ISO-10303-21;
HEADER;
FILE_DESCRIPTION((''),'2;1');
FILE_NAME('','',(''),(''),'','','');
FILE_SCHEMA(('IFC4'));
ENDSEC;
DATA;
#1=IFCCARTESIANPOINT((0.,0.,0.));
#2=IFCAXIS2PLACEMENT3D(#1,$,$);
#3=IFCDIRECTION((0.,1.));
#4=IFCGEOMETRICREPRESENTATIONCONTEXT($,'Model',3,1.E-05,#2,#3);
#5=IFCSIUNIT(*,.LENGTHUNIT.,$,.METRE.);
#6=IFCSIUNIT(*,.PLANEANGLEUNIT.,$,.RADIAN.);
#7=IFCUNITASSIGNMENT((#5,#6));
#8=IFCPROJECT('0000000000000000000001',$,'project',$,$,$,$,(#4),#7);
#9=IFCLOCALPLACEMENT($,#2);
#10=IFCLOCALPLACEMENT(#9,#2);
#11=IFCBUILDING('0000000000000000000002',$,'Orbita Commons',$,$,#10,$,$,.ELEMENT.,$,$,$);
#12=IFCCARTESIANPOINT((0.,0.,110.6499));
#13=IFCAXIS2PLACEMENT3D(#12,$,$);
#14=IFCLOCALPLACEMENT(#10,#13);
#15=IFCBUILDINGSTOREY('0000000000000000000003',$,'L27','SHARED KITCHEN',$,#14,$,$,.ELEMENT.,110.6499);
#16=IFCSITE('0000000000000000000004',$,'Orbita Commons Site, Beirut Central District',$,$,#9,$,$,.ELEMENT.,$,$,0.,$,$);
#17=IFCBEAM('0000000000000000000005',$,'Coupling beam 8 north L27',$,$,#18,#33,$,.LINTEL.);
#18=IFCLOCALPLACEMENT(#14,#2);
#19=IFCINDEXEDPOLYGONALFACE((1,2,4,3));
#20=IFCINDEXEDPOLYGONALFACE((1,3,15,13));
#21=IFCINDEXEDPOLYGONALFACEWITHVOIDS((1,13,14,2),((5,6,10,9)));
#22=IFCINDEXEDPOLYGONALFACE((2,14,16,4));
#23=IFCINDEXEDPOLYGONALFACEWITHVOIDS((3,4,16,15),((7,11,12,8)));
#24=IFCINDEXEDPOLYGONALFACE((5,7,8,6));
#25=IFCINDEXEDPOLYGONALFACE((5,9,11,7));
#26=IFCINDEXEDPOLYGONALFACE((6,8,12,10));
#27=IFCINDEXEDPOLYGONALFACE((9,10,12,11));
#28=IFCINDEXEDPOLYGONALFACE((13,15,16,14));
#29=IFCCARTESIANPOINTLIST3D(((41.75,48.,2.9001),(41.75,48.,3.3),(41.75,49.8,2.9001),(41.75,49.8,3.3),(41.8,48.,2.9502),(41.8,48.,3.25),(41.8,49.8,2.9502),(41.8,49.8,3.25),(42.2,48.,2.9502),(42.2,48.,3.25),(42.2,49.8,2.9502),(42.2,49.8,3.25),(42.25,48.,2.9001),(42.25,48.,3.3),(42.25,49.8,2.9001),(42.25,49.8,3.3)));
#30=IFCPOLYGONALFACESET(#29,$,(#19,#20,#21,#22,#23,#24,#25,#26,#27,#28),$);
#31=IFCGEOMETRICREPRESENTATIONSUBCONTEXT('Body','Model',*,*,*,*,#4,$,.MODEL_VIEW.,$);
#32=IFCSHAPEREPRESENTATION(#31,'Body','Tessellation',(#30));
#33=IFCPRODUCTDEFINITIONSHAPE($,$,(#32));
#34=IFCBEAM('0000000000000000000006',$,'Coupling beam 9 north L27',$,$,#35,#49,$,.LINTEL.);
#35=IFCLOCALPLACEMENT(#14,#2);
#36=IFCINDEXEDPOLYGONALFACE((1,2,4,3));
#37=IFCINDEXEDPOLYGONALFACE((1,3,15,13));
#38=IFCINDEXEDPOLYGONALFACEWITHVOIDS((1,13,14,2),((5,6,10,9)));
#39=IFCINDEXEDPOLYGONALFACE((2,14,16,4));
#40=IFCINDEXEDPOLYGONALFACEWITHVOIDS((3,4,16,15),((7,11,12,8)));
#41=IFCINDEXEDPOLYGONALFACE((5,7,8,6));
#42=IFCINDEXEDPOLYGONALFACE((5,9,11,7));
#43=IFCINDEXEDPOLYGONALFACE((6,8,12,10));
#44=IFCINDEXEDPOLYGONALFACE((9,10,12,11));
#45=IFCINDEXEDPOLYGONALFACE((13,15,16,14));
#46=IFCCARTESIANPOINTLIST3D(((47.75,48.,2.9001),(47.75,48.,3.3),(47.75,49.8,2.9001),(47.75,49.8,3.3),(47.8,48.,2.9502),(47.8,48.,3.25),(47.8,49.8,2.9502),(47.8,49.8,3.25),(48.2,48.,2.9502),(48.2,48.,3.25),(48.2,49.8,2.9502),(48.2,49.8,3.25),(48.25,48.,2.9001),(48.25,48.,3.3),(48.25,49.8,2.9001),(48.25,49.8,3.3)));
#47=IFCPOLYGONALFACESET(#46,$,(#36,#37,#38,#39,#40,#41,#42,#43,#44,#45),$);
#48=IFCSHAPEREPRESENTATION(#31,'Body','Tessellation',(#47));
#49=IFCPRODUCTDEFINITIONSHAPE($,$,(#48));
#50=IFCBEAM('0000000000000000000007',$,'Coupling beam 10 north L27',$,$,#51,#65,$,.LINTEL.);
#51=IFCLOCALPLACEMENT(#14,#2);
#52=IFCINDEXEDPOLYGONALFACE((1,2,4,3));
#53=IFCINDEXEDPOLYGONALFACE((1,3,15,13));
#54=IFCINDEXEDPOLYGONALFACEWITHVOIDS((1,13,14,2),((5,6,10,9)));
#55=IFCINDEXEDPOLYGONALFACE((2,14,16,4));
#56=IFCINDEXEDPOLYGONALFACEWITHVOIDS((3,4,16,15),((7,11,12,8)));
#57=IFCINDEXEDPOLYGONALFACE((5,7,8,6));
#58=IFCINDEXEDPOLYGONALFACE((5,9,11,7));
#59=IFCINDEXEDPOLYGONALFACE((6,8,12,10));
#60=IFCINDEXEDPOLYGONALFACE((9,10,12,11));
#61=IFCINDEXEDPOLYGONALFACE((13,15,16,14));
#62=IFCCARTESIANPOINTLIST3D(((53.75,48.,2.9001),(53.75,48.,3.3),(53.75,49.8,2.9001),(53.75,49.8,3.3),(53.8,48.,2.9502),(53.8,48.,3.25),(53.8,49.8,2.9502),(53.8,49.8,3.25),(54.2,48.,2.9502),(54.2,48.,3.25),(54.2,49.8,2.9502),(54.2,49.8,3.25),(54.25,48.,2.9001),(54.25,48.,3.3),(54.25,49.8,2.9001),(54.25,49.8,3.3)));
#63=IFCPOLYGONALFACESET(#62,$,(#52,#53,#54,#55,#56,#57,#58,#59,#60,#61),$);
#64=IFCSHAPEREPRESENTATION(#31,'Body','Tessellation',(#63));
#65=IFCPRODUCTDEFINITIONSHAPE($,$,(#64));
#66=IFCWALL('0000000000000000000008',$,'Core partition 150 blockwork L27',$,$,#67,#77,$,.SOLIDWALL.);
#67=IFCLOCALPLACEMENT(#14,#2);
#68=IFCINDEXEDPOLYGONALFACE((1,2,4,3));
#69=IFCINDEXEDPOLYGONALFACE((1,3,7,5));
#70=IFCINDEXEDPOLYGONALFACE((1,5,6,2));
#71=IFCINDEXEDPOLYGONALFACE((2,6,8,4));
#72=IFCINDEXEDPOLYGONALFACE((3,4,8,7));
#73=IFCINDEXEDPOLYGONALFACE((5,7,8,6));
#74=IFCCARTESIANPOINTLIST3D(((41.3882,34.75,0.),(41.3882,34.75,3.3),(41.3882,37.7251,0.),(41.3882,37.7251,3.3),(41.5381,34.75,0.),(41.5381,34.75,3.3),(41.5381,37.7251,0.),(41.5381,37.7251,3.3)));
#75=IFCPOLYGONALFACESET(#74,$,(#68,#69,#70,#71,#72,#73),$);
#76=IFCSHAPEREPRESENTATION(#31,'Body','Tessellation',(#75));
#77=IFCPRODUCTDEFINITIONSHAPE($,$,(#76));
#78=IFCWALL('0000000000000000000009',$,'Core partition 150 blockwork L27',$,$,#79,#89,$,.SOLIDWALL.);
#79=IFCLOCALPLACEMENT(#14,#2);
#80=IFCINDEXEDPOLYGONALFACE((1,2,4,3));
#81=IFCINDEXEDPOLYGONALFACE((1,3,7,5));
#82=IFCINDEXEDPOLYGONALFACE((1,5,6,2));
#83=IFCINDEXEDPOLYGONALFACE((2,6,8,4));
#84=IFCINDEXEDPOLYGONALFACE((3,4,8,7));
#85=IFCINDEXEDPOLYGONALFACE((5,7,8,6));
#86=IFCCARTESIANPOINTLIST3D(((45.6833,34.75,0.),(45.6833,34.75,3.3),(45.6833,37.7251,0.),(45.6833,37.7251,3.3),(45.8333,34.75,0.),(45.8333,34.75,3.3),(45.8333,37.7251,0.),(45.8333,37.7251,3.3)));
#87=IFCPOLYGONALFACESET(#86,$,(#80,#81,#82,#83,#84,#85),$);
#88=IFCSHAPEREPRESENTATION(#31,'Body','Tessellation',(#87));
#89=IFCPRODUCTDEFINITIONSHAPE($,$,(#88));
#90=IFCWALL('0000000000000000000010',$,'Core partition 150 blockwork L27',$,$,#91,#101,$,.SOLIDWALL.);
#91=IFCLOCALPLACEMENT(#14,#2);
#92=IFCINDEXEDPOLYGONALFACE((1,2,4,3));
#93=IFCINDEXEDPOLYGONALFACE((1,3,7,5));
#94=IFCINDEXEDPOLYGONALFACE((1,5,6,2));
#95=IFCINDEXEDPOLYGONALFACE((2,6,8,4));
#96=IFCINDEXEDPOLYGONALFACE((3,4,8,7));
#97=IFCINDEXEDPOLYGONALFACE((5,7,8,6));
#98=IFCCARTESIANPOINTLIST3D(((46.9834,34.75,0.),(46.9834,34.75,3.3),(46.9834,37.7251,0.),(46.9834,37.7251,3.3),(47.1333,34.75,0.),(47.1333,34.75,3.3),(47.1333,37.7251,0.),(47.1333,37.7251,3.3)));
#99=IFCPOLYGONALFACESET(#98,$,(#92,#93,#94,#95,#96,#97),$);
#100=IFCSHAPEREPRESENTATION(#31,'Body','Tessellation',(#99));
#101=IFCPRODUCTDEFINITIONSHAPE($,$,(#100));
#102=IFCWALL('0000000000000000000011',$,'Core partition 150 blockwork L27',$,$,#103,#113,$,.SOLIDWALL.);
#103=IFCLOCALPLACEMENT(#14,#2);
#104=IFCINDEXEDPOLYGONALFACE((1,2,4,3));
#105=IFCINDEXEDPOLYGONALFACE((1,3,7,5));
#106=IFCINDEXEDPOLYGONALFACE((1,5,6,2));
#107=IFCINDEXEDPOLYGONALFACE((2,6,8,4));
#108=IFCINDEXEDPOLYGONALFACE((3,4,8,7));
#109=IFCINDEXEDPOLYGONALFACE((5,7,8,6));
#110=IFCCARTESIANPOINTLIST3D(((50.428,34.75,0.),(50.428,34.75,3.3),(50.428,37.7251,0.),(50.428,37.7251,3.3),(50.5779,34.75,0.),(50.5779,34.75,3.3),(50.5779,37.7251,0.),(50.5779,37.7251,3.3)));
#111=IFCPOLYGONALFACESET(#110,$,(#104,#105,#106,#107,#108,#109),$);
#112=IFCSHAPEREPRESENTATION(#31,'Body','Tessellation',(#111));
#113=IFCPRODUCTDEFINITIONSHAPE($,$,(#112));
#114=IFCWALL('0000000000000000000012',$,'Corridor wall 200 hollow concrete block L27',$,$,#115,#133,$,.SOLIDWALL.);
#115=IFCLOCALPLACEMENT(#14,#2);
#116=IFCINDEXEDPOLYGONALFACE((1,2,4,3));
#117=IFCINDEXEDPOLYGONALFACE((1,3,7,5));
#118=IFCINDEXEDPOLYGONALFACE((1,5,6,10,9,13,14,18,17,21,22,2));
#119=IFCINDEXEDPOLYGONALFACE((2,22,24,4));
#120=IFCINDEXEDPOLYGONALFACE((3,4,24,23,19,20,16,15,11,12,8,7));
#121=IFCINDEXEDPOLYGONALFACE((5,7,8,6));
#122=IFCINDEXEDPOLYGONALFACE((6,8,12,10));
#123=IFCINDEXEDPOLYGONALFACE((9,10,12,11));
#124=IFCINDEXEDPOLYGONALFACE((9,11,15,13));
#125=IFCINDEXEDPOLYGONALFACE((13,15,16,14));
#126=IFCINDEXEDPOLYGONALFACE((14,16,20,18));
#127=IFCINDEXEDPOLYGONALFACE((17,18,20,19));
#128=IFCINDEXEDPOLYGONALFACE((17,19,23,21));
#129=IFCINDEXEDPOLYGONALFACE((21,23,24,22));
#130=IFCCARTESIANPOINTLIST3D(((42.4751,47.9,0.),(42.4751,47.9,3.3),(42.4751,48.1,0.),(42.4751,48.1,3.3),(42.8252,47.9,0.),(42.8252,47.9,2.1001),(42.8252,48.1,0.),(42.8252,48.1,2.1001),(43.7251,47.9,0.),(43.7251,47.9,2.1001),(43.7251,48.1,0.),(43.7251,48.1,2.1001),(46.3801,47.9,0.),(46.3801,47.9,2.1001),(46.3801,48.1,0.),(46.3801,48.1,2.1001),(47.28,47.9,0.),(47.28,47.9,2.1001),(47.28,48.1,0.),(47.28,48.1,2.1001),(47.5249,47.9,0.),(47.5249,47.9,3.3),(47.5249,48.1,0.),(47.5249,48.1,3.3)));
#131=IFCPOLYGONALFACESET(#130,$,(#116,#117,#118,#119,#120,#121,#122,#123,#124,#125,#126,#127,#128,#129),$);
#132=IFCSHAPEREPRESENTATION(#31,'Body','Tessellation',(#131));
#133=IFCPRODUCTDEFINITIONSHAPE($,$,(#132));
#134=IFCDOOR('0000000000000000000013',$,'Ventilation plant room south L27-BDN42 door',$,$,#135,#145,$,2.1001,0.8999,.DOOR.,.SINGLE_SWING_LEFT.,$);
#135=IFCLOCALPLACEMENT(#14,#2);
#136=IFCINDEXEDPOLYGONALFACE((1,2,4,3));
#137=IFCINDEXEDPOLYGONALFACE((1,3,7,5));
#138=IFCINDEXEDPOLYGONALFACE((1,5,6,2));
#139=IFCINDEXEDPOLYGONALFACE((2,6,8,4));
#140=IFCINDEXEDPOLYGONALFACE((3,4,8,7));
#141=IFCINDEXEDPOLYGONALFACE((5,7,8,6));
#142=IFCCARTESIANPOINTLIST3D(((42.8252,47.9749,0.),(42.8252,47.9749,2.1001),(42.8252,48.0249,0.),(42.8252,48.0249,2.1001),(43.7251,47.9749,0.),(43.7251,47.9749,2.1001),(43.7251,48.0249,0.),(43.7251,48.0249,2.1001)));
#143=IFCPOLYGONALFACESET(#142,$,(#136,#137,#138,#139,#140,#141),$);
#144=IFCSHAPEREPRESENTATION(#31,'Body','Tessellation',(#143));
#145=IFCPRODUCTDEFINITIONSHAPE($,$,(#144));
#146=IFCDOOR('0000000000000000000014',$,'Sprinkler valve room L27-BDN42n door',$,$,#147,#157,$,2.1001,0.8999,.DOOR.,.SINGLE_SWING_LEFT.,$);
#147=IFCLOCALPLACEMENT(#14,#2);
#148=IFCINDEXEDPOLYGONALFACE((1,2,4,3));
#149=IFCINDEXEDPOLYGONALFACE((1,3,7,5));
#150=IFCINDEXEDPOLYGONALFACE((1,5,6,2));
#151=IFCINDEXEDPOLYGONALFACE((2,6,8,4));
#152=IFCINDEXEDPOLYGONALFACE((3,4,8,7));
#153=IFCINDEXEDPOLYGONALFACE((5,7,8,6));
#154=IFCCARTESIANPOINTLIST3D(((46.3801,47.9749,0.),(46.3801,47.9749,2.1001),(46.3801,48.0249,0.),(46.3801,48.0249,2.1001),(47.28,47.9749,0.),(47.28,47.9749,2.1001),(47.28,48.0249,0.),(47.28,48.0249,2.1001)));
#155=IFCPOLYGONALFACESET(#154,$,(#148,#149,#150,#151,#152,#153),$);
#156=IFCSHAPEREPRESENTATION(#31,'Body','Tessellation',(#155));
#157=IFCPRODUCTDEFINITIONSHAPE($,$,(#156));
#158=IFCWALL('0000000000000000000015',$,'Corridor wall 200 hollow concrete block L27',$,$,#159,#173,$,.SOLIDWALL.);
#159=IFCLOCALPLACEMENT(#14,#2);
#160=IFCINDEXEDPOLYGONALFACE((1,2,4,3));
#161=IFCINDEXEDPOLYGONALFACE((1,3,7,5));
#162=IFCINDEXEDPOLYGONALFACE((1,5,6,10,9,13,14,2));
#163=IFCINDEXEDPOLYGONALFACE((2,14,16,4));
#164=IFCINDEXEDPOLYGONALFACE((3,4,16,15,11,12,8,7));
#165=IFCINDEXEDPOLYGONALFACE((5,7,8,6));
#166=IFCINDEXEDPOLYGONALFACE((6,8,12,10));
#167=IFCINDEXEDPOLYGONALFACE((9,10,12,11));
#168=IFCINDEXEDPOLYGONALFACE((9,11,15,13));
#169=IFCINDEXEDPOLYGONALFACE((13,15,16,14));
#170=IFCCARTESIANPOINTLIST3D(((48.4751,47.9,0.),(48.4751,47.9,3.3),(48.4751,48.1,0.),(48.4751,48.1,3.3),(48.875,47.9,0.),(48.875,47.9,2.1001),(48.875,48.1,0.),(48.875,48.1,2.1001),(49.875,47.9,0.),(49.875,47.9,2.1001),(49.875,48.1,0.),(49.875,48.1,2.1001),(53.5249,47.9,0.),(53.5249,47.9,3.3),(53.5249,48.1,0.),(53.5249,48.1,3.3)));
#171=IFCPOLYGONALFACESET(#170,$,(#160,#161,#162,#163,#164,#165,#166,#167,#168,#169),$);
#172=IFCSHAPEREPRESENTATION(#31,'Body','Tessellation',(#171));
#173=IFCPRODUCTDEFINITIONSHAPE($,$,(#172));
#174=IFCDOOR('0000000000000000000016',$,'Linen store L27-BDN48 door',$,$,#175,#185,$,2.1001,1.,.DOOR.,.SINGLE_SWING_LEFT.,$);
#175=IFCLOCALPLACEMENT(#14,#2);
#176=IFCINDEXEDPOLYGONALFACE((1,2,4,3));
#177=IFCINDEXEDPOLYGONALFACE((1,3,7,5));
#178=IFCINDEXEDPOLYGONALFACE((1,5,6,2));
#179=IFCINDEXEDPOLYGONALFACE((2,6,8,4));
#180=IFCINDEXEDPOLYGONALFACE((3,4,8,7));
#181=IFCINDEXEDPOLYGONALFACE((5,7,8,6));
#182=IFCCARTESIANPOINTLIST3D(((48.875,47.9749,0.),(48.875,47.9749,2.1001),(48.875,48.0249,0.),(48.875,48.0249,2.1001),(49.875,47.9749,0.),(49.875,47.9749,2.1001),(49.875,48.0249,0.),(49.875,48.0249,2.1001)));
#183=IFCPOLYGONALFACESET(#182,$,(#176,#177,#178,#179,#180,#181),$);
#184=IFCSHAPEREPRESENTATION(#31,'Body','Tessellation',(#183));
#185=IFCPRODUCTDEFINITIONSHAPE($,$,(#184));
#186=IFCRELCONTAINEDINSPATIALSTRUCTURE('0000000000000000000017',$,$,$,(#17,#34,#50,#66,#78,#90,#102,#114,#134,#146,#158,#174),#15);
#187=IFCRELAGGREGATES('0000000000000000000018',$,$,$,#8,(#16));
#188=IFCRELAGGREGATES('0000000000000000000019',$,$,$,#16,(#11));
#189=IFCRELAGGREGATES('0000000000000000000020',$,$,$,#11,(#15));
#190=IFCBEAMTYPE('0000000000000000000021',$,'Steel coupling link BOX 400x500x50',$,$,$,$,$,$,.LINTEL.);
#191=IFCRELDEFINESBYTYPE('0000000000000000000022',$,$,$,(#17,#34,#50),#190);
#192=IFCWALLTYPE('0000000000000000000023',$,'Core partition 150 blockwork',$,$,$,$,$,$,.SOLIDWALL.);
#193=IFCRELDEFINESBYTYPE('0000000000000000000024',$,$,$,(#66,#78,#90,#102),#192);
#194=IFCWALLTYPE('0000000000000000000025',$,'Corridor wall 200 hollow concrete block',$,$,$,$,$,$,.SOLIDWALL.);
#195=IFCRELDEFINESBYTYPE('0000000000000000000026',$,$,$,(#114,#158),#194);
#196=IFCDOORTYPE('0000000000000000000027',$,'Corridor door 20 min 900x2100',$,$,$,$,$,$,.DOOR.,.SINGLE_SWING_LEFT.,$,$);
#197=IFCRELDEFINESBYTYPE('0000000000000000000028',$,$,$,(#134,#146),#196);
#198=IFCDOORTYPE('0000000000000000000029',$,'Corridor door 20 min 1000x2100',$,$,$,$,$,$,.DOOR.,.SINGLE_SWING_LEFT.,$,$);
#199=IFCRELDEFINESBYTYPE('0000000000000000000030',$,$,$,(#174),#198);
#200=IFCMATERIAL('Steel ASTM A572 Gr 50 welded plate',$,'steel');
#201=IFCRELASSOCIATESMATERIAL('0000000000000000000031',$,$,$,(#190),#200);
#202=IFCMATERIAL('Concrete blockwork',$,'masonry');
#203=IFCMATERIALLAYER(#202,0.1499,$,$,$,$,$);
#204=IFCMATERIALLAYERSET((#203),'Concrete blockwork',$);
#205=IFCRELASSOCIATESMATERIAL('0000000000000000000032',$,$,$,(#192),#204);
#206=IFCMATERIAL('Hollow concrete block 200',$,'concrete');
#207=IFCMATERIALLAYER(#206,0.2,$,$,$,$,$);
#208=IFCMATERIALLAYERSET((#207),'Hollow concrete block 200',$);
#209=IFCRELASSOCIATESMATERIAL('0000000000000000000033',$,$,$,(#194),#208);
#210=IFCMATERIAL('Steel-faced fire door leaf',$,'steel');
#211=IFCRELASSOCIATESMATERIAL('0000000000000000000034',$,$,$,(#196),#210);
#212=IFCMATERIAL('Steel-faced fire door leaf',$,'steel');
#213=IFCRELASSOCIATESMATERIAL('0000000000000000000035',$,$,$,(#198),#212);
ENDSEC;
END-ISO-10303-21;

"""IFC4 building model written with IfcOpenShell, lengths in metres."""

from ifc_helpers import new_model, si_unit, direction, frame, frame_2d, origin, origin_2d, place, context, subcontext, project, spatial, rectangle, hollow_rectangle, extrude, material, layer, layer_set, material_profile, profile_set, type_object, element, fill, save


model = new_model("IFC4")

# Units and contexts
model_context = context("Model", 3, precision=1e-05, world=origin(), true_north=direction((0.0, 1.0)))
body_context = subcontext(model_context, "Body", "Model", "MODEL_VIEW")
ifc_project = project(units=[si_unit("LENGTHUNIT", "METRE"), si_unit("PLANEANGLEUNIT", "RADIAN")], contexts=[model_context])

# Site, building, storey
site_placement = place(None, origin())
site = spatial("IfcSite", under=ifc_project, at=site_placement, Name="Orbita Commons Site, Beirut Central District", CompositionType="ELEMENT", RefElevation=0.0)
building_placement = place(site_placement, origin())
building = spatial("IfcBuilding", under=site, at=building_placement, Name="Orbita Commons", CompositionType="ELEMENT")
storey_placement = place(building_placement, frame((0.0, 0.0, 110.6499)))
storey = spatial("IfcBuildingStorey", under=building, at=storey_placement, Name="L27", Description="SHARED KITCHEN", CompositionType="ELEMENT", Elevation=110.6499)

# Beams
ifc_material_1 = material(Name="Steel ASTM A572 Gr 50 welded plate", Category="steel")
ifc_material_profile = material_profile(ifc_material_1, hollow_rectangle(XDim=0.5, YDim=0.3999, WallThickness=0.05, at=origin_2d()), Name="BOX 400x500x50")
ifc_profile_set = profile_set([ifc_material_profile], Name="Steel ASTM A572 Gr 50 welded plate")
beam_type = type_object("IfcBeamType", Name="Steel coupling link BOX 400x500x50", PredefinedType="LINTEL", material=ifc_profile_set)
for number, where, z_axis, x_axis, name in (
    (1, (42.0, 48.0, 3.1001), (0.0, 1.0, 0.0), (-1.0, 0.0, 0.0), "Coupling beam 8 north L27"),
    (2, (48.0, 48.0, 3.1001), (0.0, 1.0, 0.0), (-1.0, 0.0, 0.0), "Coupling beam 9 north L27"),
    (3, (54.0, 48.0, 3.1001), (0.0, 1.0, 0.0), (-1.0, 0.0, 0.0), "Coupling beam 10 north L27"),
):
    element("IfcBeam", number, at=place(storey_placement, frame(where, z_axis=z_axis, x_axis=x_axis)), inside=storey, type_object=beam_type, Name=name, PredefinedType="LINTEL", context=body_context, shape_type="SweptSolid", body=[
        extrude(hollow_rectangle(XDim=0.5, YDim=0.3999, WallThickness=0.05, at=origin_2d()), origin(), (0.0, 0.0, 1.0), 1.8),
    ])

# Walls
ifc_material_2 = material(Name="Concrete blockwork", Category="masonry")
ifc_layer_1 = layer(ifc_material_2, 0.1499)
ifc_layer_set_1 = layer_set([ifc_layer_1], Name="Concrete blockwork")
wall_type_1 = type_object("IfcWallType", Name="Core partition 150 blockwork", PredefinedType="SOLIDWALL", material=ifc_layer_set_1)
for number, where, z_axis, x_axis, name in (
    (4, (41.4631, 34.75, 0.0), (0.0, 0.0, 1.0), (0.0, 1.0, 0.0), "Core partition 150 blockwork L27"),
    (5, (45.7583, 34.75, 0.0), (0.0, 0.0, 1.0), (0.0, 1.0, 0.0), "Core partition 150 blockwork L27"),
    (6, (47.0583, 34.75, 0.0), (0.0, 0.0, 1.0), (0.0, 1.0, 0.0), "Core partition 150 blockwork L27"),
    (7, (50.5029, 34.75, 0.0), (0.0, 0.0, 1.0), (0.0, 1.0, 0.0), "Core partition 150 blockwork L27"),
):
    element("IfcWall", number, at=place(storey_placement, frame(where, z_axis=z_axis, x_axis=x_axis)), inside=storey, type_object=wall_type_1, Name=name, PredefinedType="SOLIDWALL", context=body_context, shape_type="SweptSolid", body=[
        extrude(rectangle(XDim=2.9751, YDim=0.1499, at=frame_2d((1.4875, 0.0))), origin(), (0.0, 0.0, 1.0), 3.3),
    ])

# Wall, openings, doors
ifc_material_3 = material(Name="Hollow concrete block 200", Category="concrete")
ifc_layer_2 = layer(ifc_material_3, 0.2)
ifc_layer_set_2 = layer_set([ifc_layer_2], Name="Hollow concrete block 200")
wall_type_2 = type_object("IfcWallType", Name="Corridor wall 200 hollow concrete block", PredefinedType="SOLIDWALL", material=ifc_layer_set_2)
wall_1_placement = place(storey_placement, frame((42.4751, 48.0, 0.0), z_axis=(0.0, 0.0, 1.0), x_axis=(1.0, 0.0, 0.0)))
wall_1 = element("IfcWall", 8, at=wall_1_placement, inside=storey, type_object=wall_type_2, Name="Corridor wall 200 hollow concrete block L27", PredefinedType="SOLIDWALL", context=body_context, shape_type="SweptSolid", body=[
    extrude(rectangle(XDim=5.0498, YDim=0.2, at=frame_2d((2.5249, 0.0))), origin(), (0.0, 0.0, 1.0), 3.3),
])
opening_1_placement = place(wall_1_placement, frame((0.3501, 0.0, 0.0)))
opening_1 = element("IfcOpeningElement", 9, at=opening_1_placement, cuts=wall_1, PredefinedType="OPENING", context=body_context, shape_type="SweptSolid", body=[
    extrude(rectangle(XDim=0.8999, YDim=2.1001, at=frame_2d((0.45, 1.05))), frame((0.0, 0.1099, 0.0), z_axis=(0.0, -1.0, 0.0), x_axis=(1.0, 0.0, 0.0)), (0.0, 0.0, 1.0), 0.22),
])
opening_2_placement = place(wall_1_placement, frame((3.905, 0.0, 0.0)))
opening_2 = element("IfcOpeningElement", 10, at=opening_2_placement, cuts=wall_1, PredefinedType="OPENING", context=body_context, shape_type="SweptSolid", body=[
    extrude(rectangle(XDim=0.8999, YDim=2.1001, at=frame_2d((0.45, 1.05))), frame((0.0, 0.1099, 0.0), z_axis=(0.0, -1.0, 0.0), x_axis=(1.0, 0.0, 0.0)), (0.0, 0.0, 1.0), 0.22),
])
ifc_material_4 = material(Name="Steel-faced fire door leaf", Category="steel")
door_type_1 = type_object("IfcDoorType", Name="Corridor door 20 min 900x2100", OperationType="SINGLE_SWING_LEFT", PredefinedType="DOOR", material=ifc_material_4)
door_1_placement = place(opening_1_placement, origin())
door_1 = element("IfcDoor", 11, at=door_1_placement, inside=storey, type_object=door_type_1, Name="Ventilation plant room south L27-BDN42 door", OperationType="SINGLE_SWING_LEFT", OverallHeight=2.1001, OverallWidth=0.8999, PredefinedType="DOOR", context=body_context, shape_type="SweptSolid", body=[
    extrude(rectangle(XDim=0.8999, YDim=2.1001, at=frame_2d((0.45, 1.05))), frame((0.0, 0.0249, 0.0), z_axis=(0.0, -1.0, 0.0), x_axis=(1.0, 0.0, 0.0)), (0.0, 0.0, 1.0), 0.05),
])
fill(opening_1, door_1)
door_2_placement = place(opening_2_placement, origin())
door_2 = element("IfcDoor", 12, at=door_2_placement, inside=storey, type_object=door_type_1, Name="Sprinkler valve room L27-BDN42n door", OperationType="SINGLE_SWING_LEFT", OverallHeight=2.1001, OverallWidth=0.8999, PredefinedType="DOOR", context=body_context, shape_type="SweptSolid", body=[
    extrude(rectangle(XDim=0.8999, YDim=2.1001, at=frame_2d((0.45, 1.05))), frame((0.0, 0.0249, 0.0), z_axis=(0.0, -1.0, 0.0), x_axis=(1.0, 0.0, 0.0)), (0.0, 0.0, 1.0), 0.05),
])
fill(opening_2, door_2)

# Wall, opening, door
wall_2_placement = place(storey_placement, frame((48.4751, 48.0, 0.0), z_axis=(0.0, 0.0, 1.0), x_axis=(1.0, 0.0, 0.0)))
wall_2 = element("IfcWall", 13, at=wall_2_placement, inside=storey, type_object=wall_type_2, Name="Corridor wall 200 hollow concrete block L27", PredefinedType="SOLIDWALL", context=body_context, shape_type="SweptSolid", body=[
    extrude(rectangle(XDim=5.0498, YDim=0.2, at=frame_2d((2.5249, 0.0))), origin(), (0.0, 0.0, 1.0), 3.3),
])
opening_3_placement = place(wall_2_placement, frame((0.3999, 0.0, 0.0)))
opening_3 = element("IfcOpeningElement", 14, at=opening_3_placement, cuts=wall_2, PredefinedType="OPENING", context=body_context, shape_type="SweptSolid", body=[
    extrude(rectangle(XDim=1.0, YDim=2.1001, at=frame_2d((0.5, 1.05))), frame((0.0, 0.1099, 0.0), z_axis=(0.0, -1.0, 0.0), x_axis=(1.0, 0.0, 0.0)), (0.0, 0.0, 1.0), 0.22),
])
ifc_material_5 = material(Name="Steel-faced fire door leaf", Category="steel")
door_type_2 = type_object("IfcDoorType", Name="Corridor door 20 min 1000x2100", OperationType="SINGLE_SWING_LEFT", PredefinedType="DOOR", material=ifc_material_5)
door_3_placement = place(opening_3_placement, origin())
door_3 = element("IfcDoor", 15, at=door_3_placement, inside=storey, type_object=door_type_2, Name="Linen store L27-BDN48 door", OperationType="SINGLE_SWING_LEFT", OverallHeight=2.1001, OverallWidth=1.0, PredefinedType="DOOR", context=body_context, shape_type="SweptSolid", body=[
    extrude(rectangle(XDim=1.0, YDim=2.1001, at=frame_2d((0.5, 1.05))), frame((0.0, 0.0249, 0.0), z_axis=(0.0, -1.0, 0.0), x_axis=(1.0, 0.0, 0.0)), (0.0, 0.0, 1.0), 0.05),
])
fill(opening_3, door_3)

save(model, "model.ifc")
